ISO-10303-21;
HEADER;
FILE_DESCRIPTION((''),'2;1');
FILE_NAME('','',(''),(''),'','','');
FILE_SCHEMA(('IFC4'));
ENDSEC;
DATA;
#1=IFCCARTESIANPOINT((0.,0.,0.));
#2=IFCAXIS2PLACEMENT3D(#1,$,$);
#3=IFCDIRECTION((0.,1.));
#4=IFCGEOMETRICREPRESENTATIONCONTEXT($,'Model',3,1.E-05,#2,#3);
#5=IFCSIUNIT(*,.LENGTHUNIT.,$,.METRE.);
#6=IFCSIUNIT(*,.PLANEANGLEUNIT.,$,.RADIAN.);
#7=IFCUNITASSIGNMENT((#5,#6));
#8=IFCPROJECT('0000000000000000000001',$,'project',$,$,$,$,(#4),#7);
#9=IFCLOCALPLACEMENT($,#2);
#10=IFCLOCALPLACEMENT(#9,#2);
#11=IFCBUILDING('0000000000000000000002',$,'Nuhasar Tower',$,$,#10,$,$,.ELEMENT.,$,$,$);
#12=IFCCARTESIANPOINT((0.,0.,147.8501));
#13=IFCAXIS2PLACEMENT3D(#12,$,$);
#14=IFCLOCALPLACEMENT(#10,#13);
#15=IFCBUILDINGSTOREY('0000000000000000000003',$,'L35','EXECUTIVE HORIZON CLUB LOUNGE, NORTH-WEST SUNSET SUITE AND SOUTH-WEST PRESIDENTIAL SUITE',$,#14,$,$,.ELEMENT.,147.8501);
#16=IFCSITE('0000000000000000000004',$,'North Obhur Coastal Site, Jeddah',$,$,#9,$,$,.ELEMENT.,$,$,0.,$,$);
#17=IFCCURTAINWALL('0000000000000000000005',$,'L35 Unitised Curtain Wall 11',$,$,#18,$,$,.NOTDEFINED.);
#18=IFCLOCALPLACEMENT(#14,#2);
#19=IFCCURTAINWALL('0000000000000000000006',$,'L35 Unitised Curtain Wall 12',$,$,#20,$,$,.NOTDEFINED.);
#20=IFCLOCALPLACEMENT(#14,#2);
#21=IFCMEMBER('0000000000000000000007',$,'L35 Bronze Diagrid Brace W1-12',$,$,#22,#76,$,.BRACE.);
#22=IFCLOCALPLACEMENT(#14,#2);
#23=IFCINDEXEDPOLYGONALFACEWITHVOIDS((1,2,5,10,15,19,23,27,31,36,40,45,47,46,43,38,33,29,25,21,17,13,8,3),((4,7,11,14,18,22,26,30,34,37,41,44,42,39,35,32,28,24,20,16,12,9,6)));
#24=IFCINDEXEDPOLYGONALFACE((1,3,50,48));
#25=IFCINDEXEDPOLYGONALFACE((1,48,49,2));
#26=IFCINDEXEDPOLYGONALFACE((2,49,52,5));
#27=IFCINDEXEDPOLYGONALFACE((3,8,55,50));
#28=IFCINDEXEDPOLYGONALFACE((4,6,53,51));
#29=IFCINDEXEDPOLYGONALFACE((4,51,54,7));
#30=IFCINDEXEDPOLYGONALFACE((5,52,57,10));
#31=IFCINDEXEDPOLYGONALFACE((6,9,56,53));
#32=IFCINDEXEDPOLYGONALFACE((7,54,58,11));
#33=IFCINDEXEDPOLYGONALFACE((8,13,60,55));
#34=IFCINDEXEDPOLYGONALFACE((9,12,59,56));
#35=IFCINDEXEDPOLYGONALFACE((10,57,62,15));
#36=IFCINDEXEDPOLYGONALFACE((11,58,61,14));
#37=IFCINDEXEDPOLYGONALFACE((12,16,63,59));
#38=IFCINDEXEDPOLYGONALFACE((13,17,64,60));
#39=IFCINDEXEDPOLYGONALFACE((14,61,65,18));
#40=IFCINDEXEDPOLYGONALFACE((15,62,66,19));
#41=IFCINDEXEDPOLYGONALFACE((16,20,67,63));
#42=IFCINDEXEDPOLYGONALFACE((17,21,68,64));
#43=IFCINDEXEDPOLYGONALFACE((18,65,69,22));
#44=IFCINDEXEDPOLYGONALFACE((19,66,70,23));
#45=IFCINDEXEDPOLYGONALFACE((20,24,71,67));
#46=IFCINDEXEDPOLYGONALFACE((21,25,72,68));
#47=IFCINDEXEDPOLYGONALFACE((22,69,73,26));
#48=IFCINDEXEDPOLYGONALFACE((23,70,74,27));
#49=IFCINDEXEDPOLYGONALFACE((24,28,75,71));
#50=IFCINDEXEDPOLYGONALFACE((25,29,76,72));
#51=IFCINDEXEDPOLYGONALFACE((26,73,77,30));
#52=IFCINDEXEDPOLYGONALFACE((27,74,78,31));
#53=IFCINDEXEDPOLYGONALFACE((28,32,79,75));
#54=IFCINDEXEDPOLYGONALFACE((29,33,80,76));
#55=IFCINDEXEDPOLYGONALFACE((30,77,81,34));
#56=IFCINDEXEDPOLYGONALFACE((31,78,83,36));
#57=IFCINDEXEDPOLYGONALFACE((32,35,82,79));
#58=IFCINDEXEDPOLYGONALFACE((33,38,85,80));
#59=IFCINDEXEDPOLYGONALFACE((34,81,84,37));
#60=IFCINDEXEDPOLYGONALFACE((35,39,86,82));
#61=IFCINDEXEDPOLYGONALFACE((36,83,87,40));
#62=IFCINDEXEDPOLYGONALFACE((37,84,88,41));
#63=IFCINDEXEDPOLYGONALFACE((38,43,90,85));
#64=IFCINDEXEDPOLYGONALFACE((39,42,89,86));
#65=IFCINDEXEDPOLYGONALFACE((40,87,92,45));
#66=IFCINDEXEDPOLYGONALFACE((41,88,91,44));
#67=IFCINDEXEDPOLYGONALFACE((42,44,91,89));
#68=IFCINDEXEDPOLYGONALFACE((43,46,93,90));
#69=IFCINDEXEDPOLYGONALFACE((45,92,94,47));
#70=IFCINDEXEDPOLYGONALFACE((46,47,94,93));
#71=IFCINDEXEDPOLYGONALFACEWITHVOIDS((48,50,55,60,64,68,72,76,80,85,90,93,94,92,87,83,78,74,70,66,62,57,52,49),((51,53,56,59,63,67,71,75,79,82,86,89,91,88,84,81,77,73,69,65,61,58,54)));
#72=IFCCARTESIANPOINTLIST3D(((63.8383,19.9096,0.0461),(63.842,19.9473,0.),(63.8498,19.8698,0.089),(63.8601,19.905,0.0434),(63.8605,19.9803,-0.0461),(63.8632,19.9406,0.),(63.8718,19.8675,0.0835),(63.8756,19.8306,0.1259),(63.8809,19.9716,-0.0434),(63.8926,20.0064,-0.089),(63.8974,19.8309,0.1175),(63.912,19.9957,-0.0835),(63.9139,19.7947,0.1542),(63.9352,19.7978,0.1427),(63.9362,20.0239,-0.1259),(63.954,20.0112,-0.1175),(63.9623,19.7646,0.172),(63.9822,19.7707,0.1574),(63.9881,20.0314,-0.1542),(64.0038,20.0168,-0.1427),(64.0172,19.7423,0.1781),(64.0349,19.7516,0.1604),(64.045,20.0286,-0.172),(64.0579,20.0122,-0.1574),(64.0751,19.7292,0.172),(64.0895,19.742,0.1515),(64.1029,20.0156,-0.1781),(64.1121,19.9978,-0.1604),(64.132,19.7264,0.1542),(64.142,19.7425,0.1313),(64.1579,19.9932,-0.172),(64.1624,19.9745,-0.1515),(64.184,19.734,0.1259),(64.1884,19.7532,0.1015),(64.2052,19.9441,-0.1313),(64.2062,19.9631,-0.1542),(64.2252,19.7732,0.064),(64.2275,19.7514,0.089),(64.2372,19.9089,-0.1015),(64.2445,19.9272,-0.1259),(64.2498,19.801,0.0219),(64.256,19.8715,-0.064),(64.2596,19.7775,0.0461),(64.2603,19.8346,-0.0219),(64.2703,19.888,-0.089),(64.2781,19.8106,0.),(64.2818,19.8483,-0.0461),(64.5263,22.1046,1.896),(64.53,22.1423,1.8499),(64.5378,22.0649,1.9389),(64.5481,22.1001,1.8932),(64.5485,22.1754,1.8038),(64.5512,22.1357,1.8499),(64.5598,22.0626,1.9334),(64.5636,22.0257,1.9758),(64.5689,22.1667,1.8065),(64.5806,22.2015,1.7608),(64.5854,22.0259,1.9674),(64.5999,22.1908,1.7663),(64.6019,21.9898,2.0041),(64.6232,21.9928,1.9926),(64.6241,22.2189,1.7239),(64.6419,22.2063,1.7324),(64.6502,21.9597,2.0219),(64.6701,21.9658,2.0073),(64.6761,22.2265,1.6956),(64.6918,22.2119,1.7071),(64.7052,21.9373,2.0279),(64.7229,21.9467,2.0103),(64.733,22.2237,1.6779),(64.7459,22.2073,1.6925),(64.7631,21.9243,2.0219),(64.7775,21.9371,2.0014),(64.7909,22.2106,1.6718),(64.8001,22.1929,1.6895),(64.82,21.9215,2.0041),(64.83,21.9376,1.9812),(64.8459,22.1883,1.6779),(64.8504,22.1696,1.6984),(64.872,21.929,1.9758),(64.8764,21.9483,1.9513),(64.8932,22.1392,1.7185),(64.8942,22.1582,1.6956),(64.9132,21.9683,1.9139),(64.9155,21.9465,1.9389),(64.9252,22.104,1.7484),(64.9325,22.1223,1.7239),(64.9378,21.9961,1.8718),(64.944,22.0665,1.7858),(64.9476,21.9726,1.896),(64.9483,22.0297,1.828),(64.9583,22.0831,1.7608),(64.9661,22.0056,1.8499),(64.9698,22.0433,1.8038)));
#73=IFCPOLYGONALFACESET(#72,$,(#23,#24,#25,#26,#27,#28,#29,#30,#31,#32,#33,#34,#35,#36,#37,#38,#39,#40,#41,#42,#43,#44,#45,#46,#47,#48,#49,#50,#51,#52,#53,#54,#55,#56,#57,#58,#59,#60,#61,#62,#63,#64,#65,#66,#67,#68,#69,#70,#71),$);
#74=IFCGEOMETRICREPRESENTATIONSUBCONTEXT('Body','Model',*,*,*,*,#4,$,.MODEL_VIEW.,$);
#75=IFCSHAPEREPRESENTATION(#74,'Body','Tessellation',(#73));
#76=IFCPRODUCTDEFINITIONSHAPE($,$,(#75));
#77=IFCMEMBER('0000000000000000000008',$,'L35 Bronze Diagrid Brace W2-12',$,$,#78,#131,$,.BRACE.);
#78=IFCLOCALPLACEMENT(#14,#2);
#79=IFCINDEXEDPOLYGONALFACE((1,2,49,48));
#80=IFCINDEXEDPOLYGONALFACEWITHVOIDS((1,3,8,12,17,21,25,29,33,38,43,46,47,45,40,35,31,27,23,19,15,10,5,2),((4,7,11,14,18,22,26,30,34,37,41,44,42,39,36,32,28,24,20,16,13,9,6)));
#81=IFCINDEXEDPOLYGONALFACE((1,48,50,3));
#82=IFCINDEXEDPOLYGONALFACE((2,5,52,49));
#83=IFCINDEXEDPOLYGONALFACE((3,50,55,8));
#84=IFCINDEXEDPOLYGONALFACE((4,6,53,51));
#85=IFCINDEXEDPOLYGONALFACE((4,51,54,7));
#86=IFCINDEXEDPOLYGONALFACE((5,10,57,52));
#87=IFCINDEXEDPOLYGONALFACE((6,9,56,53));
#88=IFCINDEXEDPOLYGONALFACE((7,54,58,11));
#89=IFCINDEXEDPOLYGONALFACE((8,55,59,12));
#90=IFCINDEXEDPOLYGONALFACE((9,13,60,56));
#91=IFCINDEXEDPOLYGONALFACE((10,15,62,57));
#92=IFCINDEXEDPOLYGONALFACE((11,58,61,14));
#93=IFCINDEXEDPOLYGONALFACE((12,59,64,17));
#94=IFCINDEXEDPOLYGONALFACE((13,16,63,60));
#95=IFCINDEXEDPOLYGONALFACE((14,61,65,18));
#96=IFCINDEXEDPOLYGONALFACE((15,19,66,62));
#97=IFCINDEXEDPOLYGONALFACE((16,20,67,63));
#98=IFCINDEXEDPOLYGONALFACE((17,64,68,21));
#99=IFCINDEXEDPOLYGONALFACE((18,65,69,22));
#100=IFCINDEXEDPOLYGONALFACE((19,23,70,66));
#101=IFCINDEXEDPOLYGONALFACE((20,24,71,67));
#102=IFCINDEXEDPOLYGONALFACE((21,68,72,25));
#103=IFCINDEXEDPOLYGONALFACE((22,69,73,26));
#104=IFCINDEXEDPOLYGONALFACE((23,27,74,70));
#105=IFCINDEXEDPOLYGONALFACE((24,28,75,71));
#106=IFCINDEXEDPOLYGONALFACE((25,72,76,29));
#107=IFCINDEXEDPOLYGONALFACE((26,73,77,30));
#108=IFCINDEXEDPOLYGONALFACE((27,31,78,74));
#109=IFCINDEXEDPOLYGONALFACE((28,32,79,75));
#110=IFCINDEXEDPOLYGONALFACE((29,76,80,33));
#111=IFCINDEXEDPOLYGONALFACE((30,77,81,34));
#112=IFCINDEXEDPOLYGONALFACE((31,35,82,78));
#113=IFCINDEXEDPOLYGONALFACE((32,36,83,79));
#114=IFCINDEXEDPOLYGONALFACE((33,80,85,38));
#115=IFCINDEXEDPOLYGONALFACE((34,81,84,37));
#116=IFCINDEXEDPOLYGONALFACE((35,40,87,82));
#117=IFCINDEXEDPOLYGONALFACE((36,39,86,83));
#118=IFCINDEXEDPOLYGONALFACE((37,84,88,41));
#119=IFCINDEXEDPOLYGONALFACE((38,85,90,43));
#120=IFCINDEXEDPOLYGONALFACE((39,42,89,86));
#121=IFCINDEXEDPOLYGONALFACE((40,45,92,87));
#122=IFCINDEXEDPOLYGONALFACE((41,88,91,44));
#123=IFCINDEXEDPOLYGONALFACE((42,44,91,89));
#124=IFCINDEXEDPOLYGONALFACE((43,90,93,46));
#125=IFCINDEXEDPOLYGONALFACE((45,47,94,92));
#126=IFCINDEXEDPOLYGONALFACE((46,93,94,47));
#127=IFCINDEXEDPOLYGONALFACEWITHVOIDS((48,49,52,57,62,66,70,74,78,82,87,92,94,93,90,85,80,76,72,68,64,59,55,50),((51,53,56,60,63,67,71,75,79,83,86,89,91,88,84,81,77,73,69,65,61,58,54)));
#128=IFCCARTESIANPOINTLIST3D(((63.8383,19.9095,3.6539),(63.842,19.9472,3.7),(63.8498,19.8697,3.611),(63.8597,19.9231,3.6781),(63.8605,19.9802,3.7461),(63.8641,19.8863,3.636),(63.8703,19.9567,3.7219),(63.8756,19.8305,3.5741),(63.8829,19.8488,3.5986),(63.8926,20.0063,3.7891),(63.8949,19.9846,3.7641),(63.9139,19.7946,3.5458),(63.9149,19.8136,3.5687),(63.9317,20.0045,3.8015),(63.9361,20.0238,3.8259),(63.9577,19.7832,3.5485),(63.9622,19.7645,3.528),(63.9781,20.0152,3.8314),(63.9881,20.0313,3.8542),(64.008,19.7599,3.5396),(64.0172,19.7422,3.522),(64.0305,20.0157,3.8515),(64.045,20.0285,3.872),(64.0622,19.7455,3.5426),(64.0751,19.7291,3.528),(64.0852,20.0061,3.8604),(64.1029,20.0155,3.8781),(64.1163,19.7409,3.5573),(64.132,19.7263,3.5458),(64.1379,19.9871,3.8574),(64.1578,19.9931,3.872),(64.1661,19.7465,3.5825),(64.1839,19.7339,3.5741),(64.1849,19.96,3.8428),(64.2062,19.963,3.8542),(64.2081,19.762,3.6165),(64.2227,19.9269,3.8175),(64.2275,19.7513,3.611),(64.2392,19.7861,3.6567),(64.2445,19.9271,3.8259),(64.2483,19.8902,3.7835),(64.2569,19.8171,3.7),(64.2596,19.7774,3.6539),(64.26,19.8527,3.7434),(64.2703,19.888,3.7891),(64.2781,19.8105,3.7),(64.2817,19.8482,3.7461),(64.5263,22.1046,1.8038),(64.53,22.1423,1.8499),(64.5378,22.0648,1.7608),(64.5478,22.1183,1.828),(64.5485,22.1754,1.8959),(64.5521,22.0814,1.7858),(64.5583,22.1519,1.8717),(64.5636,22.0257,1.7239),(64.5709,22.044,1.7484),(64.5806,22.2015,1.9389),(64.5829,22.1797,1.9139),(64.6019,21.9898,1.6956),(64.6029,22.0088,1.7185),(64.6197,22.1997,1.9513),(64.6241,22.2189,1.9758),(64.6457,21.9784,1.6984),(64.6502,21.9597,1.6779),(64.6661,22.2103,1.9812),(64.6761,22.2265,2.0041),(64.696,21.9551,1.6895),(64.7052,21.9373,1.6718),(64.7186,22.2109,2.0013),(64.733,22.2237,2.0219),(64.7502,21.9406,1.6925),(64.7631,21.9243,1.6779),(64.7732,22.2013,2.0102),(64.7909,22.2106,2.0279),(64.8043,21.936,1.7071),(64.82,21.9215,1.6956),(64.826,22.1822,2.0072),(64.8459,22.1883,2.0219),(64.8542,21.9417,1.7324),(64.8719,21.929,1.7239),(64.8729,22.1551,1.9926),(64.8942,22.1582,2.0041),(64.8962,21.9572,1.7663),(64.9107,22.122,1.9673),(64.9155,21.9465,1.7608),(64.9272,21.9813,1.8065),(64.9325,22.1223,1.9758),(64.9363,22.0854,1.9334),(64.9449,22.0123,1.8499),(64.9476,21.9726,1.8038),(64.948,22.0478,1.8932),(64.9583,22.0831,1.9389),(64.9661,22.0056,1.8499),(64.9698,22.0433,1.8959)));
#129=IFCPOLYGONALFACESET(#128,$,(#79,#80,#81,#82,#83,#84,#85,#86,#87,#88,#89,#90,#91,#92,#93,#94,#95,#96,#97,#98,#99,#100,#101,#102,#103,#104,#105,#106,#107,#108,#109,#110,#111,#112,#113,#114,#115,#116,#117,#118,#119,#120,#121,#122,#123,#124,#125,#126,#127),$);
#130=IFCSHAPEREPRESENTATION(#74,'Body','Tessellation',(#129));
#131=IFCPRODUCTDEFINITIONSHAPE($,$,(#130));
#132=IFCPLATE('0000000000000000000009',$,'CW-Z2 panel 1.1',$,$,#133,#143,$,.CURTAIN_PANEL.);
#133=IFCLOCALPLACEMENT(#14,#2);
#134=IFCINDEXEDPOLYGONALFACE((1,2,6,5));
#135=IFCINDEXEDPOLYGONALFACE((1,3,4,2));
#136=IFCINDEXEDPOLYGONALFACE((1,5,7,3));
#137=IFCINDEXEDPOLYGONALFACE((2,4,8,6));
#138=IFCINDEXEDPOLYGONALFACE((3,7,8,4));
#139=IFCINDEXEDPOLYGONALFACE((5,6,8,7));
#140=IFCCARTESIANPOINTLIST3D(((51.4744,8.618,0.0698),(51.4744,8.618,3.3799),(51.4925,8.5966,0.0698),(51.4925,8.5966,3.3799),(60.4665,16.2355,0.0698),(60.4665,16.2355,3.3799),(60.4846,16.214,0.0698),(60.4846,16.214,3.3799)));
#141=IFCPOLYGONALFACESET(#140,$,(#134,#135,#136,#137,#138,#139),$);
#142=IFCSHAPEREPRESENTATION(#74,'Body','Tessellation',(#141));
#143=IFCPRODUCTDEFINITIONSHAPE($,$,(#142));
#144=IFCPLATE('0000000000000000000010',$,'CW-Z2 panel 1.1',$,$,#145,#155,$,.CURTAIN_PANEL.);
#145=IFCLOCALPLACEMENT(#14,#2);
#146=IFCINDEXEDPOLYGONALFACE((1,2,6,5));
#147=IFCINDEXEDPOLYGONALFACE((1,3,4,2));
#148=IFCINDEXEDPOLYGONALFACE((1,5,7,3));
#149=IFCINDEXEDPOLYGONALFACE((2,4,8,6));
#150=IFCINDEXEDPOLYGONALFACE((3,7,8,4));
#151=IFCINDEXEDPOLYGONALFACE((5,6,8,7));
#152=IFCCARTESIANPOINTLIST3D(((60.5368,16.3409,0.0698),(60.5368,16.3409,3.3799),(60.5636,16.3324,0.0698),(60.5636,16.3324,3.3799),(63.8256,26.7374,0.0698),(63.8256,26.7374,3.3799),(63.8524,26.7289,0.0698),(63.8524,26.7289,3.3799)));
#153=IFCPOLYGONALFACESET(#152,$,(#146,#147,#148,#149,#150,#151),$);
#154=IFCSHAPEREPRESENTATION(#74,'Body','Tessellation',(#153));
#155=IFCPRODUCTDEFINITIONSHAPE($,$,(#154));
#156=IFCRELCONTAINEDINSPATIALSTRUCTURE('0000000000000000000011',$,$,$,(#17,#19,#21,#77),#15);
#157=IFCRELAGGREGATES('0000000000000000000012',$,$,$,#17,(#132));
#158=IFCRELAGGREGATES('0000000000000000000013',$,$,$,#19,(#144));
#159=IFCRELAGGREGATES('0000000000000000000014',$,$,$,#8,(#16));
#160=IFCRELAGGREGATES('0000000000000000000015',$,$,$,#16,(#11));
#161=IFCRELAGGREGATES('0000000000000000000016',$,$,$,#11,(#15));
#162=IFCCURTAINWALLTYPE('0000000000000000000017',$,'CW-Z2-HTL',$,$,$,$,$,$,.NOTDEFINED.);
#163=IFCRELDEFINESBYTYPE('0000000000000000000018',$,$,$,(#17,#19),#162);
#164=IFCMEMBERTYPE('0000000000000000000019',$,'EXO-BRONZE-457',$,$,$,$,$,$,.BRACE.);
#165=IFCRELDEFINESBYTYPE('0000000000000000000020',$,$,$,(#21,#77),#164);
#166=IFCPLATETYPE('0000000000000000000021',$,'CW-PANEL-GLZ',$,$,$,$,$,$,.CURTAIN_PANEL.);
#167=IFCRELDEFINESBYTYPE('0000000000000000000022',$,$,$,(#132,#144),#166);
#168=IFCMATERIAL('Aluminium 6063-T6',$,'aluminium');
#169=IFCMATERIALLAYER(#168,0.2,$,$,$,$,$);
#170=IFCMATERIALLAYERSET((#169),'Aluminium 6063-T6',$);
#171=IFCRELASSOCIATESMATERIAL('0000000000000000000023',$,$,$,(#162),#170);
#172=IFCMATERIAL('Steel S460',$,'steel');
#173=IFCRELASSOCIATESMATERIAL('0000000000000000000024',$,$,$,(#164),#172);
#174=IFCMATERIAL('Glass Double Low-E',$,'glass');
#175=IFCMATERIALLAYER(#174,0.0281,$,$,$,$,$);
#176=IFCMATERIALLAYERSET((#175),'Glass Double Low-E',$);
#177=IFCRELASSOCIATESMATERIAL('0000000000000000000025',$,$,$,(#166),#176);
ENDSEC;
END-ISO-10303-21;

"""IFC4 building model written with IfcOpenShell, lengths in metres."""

from ifc_helpers import new_model, si_unit, direction, frame, origin, origin_2d, place, context, subcontext, project, spatial, rectangle, hollow_circle, extrude, material, layer, layer_set, material_profile, profile_set, type_object, element, aggregate, save


model = new_model("IFC4")

# Units and contexts
model_context = context("Model", 3, precision=1e-05, world=origin(), true_north=direction((0.0, 1.0)))
body_context = subcontext(model_context, "Body", "Model", "MODEL_VIEW")
ifc_project = project(units=[si_unit("LENGTHUNIT", "METRE"), si_unit("PLANEANGLEUNIT", "RADIAN")], contexts=[model_context])

# Site, building, storey
site_placement = place(None, origin())
site = spatial("IfcSite", under=ifc_project, at=site_placement, Name="North Obhur Coastal Site, Jeddah", CompositionType="ELEMENT", RefElevation=0.0)
building_placement = place(site_placement, origin())
building = spatial("IfcBuilding", under=site, at=building_placement, Name="Nuhasar Tower", CompositionType="ELEMENT")
storey_placement = place(building_placement, frame((0.0, 0.0, 147.8501)))
storey = spatial("IfcBuildingStorey", under=building, at=storey_placement, Name="L35", Description="EXECUTIVE HORIZON CLUB LOUNGE, NORTH-WEST SUNSET SUITE AND SOUTH-WEST PRESIDENTIAL SUITE", CompositionType="ELEMENT", Elevation=147.8501)

# Curtain wall
ifc_material_1 = material(Name="Aluminium 6063-T6", Category="aluminium")
ifc_layer_1 = layer(ifc_material_1, 0.2)
ifc_layer_set_1 = layer_set([ifc_layer_1], Name="Aluminium 6063-T6")
curtain_wall_type = type_object("IfcCurtainWallType", Name="CW-Z2-HTL", PredefinedType="NOTDEFINED", material=ifc_layer_set_1)
curtain_wall_1_placement = place(storey_placement, origin())
curtain_wall_1 = element("IfcCurtainWall", 1, at=curtain_wall_1_placement, inside=storey, type_object=curtain_wall_type, Name="L35 Unitised Curtain Wall 11", PredefinedType="NOTDEFINED")

# Curtain wall
curtain_wall_2_placement = place(storey_placement, origin())
curtain_wall_2 = element("IfcCurtainWall", 2, at=curtain_wall_2_placement, inside=storey, type_object=curtain_wall_type, Name="L35 Unitised Curtain Wall 12", PredefinedType="NOTDEFINED")

# Members
ifc_material_2 = material(Name="Steel S460", Category="steel")
ifc_material_profile_1 = material_profile(ifc_material_2, hollow_circle(Radius=0.2285, WallThickness=0.0222, at=origin_2d()), Name="HSS457X22.2")
ifc_profile_set_1 = profile_set([ifc_material_profile_1], Name="Steel S460")
member_type_1 = type_object("IfcMemberType", Name="EXO-BRONZE-457", PredefinedType="BRACE", material=ifc_profile_set_1)
for number, where, z_axis, x_axis, name in (
    (3, (64.0601, 19.8789, 0.0), (0.233068, 0.743616, 0.626669), (-0.954228, 0.299079, 0.0), "L35 Bronze Diagrid Brace W1-12"),
):
    element("IfcMember", number, at=place(storey_placement, frame(where, z_axis=z_axis, x_axis=x_axis)), inside=storey, type_object=member_type_1, Name=name, PredefinedType="BRACE", context=body_context, shape_type="SweptSolid", body=[
        extrude(hollow_circle(Radius=0.2285, WallThickness=0.0222, at=origin_2d()), origin(), (0.0, 0.0, 1.0), 2.9519),
    ])
member_1_placement = place(storey_placement, frame((64.748, 22.074, 1.8499), z_axis=(-0.233056, -0.743578, 0.626719), x_axis=(0.954228, -0.299079, 0.0)))
element("IfcMember", 4, at=member_1_placement, inside=storey, type_object=member_type_1, Name="L35 Bronze Diagrid Brace W2-12", PredefinedType="BRACE", context=body_context, shape_type="SweptSolid", body=[
    extrude(hollow_circle(Radius=0.2285, WallThickness=0.0222, at=origin_2d()), origin(), (0.0, 0.0, 1.0), 2.9521),
])

# Plates
ifc_material_3 = material(Name="Glass Double Low-E", Category="glass")
ifc_layer_2 = layer(ifc_material_3, 0.0281)
ifc_layer_set_2 = layer_set([ifc_layer_2], Name="Glass Double Low-E")
plate_type = type_object("IfcPlateType", Name="CW-PANEL-GLZ", PredefinedType="CURTAIN_PANEL", material=ifc_layer_set_2)
plate_1_placement = place(storey_placement, frame((55.9795, 12.416, 0.0698), z_axis=(0.0, 0.0, 1.0), x_axis=(0.76302, 0.646374, 0.0)))
plate_1 = element("IfcPlate", 5, at=plate_1_placement, type_object=plate_type, Name="CW-Z2 panel 1.1", PredefinedType="CURTAIN_PANEL", context=body_context, shape_type="SweptSolid", body=[
    extrude(rectangle(XDim=11.7849, YDim=0.0281, at=origin_2d()), origin(), (0.0, 0.0, 1.0), 3.3101),
])
aggregate(curtain_wall_1, [plate_1])
plate_2_placement = place(storey_placement, frame((62.1946, 21.5349, 0.0698), z_axis=(0.0, 0.0, 1.0), x_axis=(0.301604, 0.953433, 0.0)))
plate_2 = element("IfcPlate", 6, at=plate_2_placement, type_object=plate_type, Name="CW-Z2 panel 1.1", PredefinedType="CURTAIN_PANEL", context=body_context, shape_type="SweptSolid", body=[
    extrude(rectangle(XDim=10.9043, YDim=0.0281, at=origin_2d()), origin(), (0.0, 0.0, 1.0), 3.3101),
])
aggregate(curtain_wall_2, [plate_2])

save(model, "model.ifc")
